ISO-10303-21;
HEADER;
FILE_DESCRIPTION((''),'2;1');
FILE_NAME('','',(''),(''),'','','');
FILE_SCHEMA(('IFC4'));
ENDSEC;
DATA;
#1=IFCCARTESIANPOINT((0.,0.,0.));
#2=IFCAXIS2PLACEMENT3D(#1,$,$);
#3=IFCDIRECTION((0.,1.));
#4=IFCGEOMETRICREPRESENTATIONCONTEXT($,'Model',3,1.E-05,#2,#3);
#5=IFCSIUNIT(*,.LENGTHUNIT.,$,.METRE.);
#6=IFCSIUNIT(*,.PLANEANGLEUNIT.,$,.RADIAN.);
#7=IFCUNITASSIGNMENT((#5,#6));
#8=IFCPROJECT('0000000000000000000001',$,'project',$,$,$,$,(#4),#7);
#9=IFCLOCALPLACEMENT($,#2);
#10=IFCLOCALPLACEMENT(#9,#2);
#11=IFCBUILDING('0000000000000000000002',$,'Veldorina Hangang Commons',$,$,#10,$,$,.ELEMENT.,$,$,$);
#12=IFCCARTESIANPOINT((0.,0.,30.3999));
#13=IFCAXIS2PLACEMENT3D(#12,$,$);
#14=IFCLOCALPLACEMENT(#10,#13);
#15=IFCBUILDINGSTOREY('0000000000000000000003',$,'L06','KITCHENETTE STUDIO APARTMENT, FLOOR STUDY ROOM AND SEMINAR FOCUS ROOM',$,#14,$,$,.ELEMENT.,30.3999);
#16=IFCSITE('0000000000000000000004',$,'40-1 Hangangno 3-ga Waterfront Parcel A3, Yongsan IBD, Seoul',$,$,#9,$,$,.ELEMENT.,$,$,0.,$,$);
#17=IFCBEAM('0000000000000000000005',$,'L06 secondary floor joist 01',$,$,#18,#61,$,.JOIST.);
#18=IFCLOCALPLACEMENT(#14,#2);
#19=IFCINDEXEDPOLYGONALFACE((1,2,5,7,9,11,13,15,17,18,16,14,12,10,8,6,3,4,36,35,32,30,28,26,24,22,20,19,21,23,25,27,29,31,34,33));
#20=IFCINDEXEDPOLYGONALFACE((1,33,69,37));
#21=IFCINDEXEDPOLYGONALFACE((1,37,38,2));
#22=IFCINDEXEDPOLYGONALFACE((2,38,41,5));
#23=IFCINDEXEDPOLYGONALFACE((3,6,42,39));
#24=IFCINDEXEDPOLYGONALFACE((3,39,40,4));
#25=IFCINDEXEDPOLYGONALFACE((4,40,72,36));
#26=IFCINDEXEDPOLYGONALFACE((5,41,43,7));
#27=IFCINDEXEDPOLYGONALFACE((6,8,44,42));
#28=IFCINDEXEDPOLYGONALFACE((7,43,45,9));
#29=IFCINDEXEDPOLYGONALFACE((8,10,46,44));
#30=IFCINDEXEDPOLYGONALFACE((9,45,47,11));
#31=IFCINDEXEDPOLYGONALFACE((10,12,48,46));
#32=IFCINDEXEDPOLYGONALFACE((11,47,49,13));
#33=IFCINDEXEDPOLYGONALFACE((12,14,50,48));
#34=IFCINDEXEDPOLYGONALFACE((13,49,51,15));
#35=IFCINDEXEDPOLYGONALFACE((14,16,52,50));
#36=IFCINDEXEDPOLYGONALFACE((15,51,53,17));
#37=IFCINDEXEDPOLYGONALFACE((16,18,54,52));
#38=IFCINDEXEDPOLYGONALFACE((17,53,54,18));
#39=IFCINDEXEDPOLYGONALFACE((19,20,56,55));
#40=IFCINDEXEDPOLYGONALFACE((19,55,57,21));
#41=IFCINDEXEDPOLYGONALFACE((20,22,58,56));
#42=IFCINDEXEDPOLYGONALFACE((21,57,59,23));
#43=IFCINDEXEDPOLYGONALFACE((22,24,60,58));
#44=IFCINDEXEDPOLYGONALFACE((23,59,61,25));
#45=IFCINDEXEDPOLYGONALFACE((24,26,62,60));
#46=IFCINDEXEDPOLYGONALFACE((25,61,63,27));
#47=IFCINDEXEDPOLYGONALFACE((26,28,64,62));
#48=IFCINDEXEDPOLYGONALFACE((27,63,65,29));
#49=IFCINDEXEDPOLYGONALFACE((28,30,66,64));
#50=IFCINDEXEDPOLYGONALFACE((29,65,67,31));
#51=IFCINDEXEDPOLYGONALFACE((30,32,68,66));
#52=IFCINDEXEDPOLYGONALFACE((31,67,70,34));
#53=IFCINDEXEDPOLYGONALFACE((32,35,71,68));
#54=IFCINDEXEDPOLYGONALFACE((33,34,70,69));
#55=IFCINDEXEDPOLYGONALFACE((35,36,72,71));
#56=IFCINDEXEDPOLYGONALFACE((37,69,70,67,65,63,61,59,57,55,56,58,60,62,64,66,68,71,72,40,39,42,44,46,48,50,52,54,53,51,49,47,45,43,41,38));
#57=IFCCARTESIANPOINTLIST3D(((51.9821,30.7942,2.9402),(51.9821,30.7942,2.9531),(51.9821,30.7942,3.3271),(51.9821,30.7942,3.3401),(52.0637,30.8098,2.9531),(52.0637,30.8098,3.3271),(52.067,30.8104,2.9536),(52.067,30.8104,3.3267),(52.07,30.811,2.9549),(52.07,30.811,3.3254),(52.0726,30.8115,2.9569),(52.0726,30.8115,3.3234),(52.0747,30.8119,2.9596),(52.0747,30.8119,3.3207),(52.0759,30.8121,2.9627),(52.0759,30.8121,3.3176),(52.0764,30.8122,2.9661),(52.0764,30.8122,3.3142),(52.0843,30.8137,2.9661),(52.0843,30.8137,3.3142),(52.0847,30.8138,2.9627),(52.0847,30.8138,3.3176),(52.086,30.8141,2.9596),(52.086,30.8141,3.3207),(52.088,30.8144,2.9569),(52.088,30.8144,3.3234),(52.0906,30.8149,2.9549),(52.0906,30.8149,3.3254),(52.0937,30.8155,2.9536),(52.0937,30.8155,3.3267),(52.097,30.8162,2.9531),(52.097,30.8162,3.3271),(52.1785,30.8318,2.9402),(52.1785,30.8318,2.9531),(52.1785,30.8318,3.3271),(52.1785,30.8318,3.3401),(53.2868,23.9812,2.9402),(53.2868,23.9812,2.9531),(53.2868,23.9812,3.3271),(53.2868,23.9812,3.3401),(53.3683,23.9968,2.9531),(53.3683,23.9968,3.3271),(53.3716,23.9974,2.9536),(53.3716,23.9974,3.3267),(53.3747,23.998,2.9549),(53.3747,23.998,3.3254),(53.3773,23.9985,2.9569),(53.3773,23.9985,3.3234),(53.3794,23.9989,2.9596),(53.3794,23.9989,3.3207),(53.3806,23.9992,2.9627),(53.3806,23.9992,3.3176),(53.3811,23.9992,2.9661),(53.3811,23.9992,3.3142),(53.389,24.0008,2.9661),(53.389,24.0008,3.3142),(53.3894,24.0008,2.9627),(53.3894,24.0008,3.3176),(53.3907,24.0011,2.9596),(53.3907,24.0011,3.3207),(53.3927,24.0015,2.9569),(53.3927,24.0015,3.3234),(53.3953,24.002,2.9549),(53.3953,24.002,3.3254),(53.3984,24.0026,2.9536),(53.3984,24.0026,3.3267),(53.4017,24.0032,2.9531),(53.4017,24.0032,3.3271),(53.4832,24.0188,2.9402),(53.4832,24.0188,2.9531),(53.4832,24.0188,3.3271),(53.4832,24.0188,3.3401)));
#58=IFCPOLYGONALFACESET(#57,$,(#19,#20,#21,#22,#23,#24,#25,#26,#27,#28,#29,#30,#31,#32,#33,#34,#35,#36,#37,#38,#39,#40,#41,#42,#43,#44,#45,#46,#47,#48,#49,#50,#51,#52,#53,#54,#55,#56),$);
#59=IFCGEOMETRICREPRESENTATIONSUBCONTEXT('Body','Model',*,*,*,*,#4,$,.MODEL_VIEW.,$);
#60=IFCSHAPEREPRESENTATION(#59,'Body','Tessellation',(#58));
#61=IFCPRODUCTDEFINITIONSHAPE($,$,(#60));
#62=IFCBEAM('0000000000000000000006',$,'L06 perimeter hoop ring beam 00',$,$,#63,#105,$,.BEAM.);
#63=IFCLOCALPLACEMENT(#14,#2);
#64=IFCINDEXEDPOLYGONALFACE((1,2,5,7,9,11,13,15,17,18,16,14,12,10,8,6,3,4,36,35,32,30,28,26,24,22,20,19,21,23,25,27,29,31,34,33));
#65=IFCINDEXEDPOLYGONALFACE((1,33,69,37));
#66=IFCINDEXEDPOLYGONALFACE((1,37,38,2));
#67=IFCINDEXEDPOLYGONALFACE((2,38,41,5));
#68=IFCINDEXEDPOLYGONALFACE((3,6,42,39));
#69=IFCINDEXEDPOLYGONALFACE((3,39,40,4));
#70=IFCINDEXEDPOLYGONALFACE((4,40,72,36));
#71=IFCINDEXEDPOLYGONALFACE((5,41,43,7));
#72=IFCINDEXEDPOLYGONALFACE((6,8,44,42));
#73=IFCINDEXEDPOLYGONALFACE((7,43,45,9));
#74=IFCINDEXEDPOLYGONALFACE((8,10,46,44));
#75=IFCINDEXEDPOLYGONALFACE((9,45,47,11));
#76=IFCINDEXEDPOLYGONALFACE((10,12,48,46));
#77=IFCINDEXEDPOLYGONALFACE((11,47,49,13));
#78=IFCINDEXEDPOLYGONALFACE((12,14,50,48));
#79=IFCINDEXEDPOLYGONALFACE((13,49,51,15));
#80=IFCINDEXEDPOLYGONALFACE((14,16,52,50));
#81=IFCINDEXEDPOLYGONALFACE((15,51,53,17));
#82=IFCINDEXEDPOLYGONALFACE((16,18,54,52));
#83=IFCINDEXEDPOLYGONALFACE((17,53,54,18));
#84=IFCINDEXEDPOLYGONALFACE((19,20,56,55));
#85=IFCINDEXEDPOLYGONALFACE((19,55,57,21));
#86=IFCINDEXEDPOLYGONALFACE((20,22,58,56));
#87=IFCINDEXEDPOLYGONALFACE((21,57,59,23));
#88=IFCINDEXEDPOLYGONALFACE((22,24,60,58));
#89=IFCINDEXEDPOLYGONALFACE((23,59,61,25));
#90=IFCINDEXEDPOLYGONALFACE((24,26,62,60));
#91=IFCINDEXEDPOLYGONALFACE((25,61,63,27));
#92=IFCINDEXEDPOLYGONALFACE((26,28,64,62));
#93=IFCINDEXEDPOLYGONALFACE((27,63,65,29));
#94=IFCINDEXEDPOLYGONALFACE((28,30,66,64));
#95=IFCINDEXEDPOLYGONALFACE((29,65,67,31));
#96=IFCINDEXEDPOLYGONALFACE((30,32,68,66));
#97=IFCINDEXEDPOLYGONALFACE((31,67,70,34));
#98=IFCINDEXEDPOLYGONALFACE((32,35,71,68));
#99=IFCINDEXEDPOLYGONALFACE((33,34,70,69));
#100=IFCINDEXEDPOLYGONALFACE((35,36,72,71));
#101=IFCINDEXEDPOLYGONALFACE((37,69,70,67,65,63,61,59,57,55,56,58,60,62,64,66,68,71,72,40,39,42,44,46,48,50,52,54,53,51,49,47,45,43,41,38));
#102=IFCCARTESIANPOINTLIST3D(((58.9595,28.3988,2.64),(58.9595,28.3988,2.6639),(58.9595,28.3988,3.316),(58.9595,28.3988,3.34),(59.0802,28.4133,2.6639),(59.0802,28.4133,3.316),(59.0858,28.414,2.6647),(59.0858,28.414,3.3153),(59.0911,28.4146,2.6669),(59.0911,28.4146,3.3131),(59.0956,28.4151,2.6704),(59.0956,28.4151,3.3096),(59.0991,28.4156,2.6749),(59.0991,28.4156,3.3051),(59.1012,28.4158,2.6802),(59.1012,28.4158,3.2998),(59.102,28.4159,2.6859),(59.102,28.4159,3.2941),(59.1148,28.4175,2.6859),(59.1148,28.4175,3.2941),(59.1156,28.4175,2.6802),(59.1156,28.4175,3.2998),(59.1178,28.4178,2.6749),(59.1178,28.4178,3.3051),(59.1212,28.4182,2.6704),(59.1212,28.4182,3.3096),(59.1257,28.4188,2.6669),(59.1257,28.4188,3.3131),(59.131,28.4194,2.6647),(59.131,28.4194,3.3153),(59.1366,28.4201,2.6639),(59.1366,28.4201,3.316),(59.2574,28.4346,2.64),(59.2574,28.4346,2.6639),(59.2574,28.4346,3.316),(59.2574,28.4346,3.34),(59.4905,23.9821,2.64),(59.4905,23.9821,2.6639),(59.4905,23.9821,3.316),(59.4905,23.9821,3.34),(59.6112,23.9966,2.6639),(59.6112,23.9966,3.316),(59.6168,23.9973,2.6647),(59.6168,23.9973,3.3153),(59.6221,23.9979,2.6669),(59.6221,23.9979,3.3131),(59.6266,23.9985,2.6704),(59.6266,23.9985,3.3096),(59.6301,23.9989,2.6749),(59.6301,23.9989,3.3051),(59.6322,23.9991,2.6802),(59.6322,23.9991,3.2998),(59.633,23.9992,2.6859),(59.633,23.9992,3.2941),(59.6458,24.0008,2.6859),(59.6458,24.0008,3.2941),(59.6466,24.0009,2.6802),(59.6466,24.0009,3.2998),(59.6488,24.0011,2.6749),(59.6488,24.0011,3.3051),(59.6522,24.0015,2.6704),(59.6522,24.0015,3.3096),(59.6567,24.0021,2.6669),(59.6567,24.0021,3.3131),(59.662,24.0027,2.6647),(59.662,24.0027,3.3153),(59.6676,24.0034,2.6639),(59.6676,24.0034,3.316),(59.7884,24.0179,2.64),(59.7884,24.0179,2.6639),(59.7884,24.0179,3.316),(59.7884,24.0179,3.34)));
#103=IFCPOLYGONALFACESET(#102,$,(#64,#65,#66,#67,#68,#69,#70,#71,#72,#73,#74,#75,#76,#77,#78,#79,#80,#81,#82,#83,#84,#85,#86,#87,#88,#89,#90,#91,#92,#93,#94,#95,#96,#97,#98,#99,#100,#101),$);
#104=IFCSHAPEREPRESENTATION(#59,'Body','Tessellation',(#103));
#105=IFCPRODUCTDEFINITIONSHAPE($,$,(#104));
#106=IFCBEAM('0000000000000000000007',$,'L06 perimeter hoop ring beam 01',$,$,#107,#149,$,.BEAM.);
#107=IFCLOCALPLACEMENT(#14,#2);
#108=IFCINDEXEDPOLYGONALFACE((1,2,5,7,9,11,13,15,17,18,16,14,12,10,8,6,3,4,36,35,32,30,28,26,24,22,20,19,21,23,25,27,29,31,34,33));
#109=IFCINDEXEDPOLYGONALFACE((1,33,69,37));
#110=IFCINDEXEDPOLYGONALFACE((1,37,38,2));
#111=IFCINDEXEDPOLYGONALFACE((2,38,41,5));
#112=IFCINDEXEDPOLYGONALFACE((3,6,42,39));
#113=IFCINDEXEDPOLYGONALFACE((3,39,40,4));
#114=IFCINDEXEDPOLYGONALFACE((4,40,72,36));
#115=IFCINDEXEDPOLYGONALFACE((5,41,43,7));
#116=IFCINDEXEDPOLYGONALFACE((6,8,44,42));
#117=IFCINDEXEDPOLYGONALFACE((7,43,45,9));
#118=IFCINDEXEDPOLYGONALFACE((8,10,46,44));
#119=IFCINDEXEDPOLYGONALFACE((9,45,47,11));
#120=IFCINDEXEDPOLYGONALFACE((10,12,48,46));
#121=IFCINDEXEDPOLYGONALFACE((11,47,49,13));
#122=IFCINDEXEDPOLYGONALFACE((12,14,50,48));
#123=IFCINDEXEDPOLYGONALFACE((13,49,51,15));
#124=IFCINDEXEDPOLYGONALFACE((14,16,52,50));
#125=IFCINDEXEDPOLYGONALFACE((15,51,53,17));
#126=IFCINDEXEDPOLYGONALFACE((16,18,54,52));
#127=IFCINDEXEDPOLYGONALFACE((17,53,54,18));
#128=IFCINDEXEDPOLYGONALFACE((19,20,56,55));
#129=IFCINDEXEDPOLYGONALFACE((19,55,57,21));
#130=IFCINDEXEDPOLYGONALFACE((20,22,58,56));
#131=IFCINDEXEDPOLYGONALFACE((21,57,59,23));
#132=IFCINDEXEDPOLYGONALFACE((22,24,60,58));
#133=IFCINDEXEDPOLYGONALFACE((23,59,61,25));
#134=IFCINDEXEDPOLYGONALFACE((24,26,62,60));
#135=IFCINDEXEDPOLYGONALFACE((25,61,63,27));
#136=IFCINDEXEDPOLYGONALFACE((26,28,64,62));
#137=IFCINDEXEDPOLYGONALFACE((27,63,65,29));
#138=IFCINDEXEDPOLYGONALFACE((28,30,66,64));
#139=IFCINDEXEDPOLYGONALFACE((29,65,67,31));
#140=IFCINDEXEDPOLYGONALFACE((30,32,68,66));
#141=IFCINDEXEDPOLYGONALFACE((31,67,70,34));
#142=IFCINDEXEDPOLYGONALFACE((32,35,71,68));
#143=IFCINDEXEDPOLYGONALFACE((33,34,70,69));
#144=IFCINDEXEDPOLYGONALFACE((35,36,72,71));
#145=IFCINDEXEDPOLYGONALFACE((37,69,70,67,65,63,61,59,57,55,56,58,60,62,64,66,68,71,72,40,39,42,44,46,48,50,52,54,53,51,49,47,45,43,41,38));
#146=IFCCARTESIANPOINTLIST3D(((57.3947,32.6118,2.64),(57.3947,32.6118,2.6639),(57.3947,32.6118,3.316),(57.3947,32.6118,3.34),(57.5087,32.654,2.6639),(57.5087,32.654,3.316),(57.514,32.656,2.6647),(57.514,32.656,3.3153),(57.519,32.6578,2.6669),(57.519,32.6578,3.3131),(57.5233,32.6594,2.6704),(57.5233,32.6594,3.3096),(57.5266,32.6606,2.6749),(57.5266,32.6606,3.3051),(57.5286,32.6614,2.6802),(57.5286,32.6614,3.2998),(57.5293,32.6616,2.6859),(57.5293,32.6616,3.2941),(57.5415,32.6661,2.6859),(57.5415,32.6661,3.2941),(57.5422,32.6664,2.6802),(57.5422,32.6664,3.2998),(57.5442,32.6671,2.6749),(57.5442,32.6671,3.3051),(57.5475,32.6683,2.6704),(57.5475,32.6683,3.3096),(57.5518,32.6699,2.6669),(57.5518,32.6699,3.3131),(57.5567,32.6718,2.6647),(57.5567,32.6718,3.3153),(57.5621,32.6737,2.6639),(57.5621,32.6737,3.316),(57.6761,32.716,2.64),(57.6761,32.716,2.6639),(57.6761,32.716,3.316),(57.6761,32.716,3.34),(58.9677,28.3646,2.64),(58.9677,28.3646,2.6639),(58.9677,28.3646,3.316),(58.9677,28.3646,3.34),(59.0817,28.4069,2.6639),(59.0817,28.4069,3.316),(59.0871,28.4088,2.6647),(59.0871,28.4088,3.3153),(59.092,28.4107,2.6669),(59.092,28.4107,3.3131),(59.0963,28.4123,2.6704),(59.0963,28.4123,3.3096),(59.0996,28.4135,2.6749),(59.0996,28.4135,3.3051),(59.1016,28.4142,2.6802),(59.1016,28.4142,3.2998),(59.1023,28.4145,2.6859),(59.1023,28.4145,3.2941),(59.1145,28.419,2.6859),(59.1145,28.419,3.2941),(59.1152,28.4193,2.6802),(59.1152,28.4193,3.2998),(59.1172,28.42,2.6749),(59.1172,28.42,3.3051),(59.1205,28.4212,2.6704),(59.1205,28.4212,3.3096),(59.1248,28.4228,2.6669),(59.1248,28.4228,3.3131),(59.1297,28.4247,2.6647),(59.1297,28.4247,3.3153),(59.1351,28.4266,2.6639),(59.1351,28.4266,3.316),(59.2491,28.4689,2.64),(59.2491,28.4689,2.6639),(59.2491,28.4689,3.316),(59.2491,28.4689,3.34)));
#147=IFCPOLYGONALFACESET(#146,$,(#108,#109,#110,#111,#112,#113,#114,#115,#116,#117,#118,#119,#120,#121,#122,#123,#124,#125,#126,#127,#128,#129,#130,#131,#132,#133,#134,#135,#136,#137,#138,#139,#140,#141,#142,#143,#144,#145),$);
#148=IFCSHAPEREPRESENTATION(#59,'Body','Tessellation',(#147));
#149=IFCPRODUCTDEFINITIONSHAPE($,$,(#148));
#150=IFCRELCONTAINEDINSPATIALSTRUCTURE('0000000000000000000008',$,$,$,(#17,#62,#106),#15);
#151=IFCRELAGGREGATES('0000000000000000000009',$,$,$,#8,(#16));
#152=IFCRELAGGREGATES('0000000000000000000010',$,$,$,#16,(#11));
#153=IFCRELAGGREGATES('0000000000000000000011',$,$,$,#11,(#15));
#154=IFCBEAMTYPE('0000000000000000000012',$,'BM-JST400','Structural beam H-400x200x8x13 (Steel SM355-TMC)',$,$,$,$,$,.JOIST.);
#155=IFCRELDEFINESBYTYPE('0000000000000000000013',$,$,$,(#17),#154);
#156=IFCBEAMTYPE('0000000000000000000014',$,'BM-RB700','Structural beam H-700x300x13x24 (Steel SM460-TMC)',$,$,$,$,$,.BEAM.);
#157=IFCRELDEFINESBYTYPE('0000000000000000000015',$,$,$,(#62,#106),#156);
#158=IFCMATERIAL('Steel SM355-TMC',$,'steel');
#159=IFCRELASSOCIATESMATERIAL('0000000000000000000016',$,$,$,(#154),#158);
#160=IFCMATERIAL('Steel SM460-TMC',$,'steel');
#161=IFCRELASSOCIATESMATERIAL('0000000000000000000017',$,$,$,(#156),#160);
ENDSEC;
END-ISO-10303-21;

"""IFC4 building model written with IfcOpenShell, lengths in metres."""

from ifc_helpers import new_model, si_unit, direction, frame, origin, origin_2d, place, context, subcontext, project, spatial, i_section, extrude, material, material_profile, profile_set, type_object, element, save


model = new_model("IFC4")

# Units and contexts
model_context = context("Model", 3, precision=1e-05, world=origin(), true_north=direction((0.0, 1.0)))
body_context = subcontext(model_context, "Body", "Model", "MODEL_VIEW")
ifc_project = project(units=[si_unit("LENGTHUNIT", "METRE"), si_unit("PLANEANGLEUNIT", "RADIAN")], contexts=[model_context])

# Site, building, storey
site_placement = place(None, origin())
site = spatial("IfcSite", under=ifc_project, at=site_placement, Name="40-1 Hangangno 3-ga Waterfront Parcel A3, Yongsan IBD, Seoul", CompositionType="ELEMENT", RefElevation=0.0)
building_placement = place(site_placement, origin())
building = spatial("IfcBuilding", under=site, at=building_placement, Name="Veldorina Hangang Commons", CompositionType="ELEMENT")
storey_placement = place(building_placement, frame((0.0, 0.0, 30.3999)))
storey = spatial("IfcBuildingStorey", under=building, at=storey_placement, Name="L06", Description="KITCHENETTE STUDIO APARTMENT, FLOOR STUDY ROOM AND SEMINAR FOCUS ROOM", CompositionType="ELEMENT", Elevation=30.3999)

# Beams
ifc_material_1 = material(Name="Steel SM355-TMC", Category="steel")
ifc_material_profile_1 = material_profile(ifc_material_1, i_section(OverallWidth=0.2, OverallDepth=0.3999, WebThickness=0.0081, FlangeThickness=0.0129, FilletRadius=0.0129, at=origin_2d()), Name="H-400x200x8x13")
ifc_profile_set_1 = profile_set([ifc_material_profile_1], Name="Steel SM355-TMC")
beam_type_1 = type_object("IfcBeamType", Name="BM-JST400", Description="Structural beam H-400x200x8x13 (Steel SM355-TMC)", PredefinedType="JOIST", material=ifc_profile_set_1)
beam_1_placement = place(storey_placement, frame((53.385, 24.0, 3.1401), z_axis=(-0.188082, 0.982153, 0.0), x_axis=(-0.982153, -0.188082, 0.0)))
element("IfcBeam", 1, at=beam_1_placement, inside=storey, type_object=beam_type_1, Name="L06 secondary floor joist 01", PredefinedType="JOIST", context=body_context, shape_type="SweptSolid", body=[
    extrude(i_section(OverallWidth=0.2, OverallDepth=0.3999, WebThickness=0.0081, FlangeThickness=0.0129, FilletRadius=0.0129, at=origin_2d()), origin(), (0.0, 0.0, 1.0), 6.9368),
])
ifc_material_2 = material(Name="Steel SM460-TMC", Category="steel")
ifc_material_profile_2 = material_profile(ifc_material_2, i_section(OverallWidth=0.3, OverallDepth=0.7, WebThickness=0.0129, FlangeThickness=0.0239, FilletRadius=0.022, at=origin_2d()), Name="H-700x300x13x24")
ifc_profile_set_2 = profile_set([ifc_material_profile_2], Name="Steel SM460-TMC")
beam_type_2 = type_object("IfcBeamType", Name="BM-RB700", Description="Structural beam H-700x300x13x24 (Steel SM460-TMC)", PredefinedType="BEAM", material=ifc_profile_set_2)
beam_2_placement = place(storey_placement, frame((59.6394, 24.0, 2.99), z_axis=(-0.119366, 0.99285, 0.0), x_axis=(-0.99285, -0.119366, 0.0)))
element("IfcBeam", 2, at=beam_2_placement, inside=storey, type_object=beam_type_2, Name="L06 perimeter hoop ring beam 00", PredefinedType="BEAM", context=body_context, shape_type="SweptSolid", body=[
    extrude(i_section(OverallWidth=0.3, OverallDepth=0.7, WebThickness=0.0129, FlangeThickness=0.0239, FilletRadius=0.022, at=origin_2d()), origin(), (0.0, 0.0, 1.0), 4.4485),
])
beam_3_placement = place(storey_placement, frame((59.1084, 28.4167, 2.99), z_axis=(-0.347316, 0.937748, 0.0), x_axis=(-0.937748, -0.347316, 0.0)))
element("IfcBeam", 3, at=beam_3_placement, inside=storey, type_object=beam_type_2, Name="L06 perimeter hoop ring beam 01", PredefinedType="BEAM", context=body_context, shape_type="SweptSolid", body=[
    extrude(i_section(OverallWidth=0.3, OverallDepth=0.7, WebThickness=0.0129, FlangeThickness=0.0239, FilletRadius=0.022, at=origin_2d()), origin(), (0.0, 0.0, 1.0), 4.5291),
])

save(model, "model.ifc")
